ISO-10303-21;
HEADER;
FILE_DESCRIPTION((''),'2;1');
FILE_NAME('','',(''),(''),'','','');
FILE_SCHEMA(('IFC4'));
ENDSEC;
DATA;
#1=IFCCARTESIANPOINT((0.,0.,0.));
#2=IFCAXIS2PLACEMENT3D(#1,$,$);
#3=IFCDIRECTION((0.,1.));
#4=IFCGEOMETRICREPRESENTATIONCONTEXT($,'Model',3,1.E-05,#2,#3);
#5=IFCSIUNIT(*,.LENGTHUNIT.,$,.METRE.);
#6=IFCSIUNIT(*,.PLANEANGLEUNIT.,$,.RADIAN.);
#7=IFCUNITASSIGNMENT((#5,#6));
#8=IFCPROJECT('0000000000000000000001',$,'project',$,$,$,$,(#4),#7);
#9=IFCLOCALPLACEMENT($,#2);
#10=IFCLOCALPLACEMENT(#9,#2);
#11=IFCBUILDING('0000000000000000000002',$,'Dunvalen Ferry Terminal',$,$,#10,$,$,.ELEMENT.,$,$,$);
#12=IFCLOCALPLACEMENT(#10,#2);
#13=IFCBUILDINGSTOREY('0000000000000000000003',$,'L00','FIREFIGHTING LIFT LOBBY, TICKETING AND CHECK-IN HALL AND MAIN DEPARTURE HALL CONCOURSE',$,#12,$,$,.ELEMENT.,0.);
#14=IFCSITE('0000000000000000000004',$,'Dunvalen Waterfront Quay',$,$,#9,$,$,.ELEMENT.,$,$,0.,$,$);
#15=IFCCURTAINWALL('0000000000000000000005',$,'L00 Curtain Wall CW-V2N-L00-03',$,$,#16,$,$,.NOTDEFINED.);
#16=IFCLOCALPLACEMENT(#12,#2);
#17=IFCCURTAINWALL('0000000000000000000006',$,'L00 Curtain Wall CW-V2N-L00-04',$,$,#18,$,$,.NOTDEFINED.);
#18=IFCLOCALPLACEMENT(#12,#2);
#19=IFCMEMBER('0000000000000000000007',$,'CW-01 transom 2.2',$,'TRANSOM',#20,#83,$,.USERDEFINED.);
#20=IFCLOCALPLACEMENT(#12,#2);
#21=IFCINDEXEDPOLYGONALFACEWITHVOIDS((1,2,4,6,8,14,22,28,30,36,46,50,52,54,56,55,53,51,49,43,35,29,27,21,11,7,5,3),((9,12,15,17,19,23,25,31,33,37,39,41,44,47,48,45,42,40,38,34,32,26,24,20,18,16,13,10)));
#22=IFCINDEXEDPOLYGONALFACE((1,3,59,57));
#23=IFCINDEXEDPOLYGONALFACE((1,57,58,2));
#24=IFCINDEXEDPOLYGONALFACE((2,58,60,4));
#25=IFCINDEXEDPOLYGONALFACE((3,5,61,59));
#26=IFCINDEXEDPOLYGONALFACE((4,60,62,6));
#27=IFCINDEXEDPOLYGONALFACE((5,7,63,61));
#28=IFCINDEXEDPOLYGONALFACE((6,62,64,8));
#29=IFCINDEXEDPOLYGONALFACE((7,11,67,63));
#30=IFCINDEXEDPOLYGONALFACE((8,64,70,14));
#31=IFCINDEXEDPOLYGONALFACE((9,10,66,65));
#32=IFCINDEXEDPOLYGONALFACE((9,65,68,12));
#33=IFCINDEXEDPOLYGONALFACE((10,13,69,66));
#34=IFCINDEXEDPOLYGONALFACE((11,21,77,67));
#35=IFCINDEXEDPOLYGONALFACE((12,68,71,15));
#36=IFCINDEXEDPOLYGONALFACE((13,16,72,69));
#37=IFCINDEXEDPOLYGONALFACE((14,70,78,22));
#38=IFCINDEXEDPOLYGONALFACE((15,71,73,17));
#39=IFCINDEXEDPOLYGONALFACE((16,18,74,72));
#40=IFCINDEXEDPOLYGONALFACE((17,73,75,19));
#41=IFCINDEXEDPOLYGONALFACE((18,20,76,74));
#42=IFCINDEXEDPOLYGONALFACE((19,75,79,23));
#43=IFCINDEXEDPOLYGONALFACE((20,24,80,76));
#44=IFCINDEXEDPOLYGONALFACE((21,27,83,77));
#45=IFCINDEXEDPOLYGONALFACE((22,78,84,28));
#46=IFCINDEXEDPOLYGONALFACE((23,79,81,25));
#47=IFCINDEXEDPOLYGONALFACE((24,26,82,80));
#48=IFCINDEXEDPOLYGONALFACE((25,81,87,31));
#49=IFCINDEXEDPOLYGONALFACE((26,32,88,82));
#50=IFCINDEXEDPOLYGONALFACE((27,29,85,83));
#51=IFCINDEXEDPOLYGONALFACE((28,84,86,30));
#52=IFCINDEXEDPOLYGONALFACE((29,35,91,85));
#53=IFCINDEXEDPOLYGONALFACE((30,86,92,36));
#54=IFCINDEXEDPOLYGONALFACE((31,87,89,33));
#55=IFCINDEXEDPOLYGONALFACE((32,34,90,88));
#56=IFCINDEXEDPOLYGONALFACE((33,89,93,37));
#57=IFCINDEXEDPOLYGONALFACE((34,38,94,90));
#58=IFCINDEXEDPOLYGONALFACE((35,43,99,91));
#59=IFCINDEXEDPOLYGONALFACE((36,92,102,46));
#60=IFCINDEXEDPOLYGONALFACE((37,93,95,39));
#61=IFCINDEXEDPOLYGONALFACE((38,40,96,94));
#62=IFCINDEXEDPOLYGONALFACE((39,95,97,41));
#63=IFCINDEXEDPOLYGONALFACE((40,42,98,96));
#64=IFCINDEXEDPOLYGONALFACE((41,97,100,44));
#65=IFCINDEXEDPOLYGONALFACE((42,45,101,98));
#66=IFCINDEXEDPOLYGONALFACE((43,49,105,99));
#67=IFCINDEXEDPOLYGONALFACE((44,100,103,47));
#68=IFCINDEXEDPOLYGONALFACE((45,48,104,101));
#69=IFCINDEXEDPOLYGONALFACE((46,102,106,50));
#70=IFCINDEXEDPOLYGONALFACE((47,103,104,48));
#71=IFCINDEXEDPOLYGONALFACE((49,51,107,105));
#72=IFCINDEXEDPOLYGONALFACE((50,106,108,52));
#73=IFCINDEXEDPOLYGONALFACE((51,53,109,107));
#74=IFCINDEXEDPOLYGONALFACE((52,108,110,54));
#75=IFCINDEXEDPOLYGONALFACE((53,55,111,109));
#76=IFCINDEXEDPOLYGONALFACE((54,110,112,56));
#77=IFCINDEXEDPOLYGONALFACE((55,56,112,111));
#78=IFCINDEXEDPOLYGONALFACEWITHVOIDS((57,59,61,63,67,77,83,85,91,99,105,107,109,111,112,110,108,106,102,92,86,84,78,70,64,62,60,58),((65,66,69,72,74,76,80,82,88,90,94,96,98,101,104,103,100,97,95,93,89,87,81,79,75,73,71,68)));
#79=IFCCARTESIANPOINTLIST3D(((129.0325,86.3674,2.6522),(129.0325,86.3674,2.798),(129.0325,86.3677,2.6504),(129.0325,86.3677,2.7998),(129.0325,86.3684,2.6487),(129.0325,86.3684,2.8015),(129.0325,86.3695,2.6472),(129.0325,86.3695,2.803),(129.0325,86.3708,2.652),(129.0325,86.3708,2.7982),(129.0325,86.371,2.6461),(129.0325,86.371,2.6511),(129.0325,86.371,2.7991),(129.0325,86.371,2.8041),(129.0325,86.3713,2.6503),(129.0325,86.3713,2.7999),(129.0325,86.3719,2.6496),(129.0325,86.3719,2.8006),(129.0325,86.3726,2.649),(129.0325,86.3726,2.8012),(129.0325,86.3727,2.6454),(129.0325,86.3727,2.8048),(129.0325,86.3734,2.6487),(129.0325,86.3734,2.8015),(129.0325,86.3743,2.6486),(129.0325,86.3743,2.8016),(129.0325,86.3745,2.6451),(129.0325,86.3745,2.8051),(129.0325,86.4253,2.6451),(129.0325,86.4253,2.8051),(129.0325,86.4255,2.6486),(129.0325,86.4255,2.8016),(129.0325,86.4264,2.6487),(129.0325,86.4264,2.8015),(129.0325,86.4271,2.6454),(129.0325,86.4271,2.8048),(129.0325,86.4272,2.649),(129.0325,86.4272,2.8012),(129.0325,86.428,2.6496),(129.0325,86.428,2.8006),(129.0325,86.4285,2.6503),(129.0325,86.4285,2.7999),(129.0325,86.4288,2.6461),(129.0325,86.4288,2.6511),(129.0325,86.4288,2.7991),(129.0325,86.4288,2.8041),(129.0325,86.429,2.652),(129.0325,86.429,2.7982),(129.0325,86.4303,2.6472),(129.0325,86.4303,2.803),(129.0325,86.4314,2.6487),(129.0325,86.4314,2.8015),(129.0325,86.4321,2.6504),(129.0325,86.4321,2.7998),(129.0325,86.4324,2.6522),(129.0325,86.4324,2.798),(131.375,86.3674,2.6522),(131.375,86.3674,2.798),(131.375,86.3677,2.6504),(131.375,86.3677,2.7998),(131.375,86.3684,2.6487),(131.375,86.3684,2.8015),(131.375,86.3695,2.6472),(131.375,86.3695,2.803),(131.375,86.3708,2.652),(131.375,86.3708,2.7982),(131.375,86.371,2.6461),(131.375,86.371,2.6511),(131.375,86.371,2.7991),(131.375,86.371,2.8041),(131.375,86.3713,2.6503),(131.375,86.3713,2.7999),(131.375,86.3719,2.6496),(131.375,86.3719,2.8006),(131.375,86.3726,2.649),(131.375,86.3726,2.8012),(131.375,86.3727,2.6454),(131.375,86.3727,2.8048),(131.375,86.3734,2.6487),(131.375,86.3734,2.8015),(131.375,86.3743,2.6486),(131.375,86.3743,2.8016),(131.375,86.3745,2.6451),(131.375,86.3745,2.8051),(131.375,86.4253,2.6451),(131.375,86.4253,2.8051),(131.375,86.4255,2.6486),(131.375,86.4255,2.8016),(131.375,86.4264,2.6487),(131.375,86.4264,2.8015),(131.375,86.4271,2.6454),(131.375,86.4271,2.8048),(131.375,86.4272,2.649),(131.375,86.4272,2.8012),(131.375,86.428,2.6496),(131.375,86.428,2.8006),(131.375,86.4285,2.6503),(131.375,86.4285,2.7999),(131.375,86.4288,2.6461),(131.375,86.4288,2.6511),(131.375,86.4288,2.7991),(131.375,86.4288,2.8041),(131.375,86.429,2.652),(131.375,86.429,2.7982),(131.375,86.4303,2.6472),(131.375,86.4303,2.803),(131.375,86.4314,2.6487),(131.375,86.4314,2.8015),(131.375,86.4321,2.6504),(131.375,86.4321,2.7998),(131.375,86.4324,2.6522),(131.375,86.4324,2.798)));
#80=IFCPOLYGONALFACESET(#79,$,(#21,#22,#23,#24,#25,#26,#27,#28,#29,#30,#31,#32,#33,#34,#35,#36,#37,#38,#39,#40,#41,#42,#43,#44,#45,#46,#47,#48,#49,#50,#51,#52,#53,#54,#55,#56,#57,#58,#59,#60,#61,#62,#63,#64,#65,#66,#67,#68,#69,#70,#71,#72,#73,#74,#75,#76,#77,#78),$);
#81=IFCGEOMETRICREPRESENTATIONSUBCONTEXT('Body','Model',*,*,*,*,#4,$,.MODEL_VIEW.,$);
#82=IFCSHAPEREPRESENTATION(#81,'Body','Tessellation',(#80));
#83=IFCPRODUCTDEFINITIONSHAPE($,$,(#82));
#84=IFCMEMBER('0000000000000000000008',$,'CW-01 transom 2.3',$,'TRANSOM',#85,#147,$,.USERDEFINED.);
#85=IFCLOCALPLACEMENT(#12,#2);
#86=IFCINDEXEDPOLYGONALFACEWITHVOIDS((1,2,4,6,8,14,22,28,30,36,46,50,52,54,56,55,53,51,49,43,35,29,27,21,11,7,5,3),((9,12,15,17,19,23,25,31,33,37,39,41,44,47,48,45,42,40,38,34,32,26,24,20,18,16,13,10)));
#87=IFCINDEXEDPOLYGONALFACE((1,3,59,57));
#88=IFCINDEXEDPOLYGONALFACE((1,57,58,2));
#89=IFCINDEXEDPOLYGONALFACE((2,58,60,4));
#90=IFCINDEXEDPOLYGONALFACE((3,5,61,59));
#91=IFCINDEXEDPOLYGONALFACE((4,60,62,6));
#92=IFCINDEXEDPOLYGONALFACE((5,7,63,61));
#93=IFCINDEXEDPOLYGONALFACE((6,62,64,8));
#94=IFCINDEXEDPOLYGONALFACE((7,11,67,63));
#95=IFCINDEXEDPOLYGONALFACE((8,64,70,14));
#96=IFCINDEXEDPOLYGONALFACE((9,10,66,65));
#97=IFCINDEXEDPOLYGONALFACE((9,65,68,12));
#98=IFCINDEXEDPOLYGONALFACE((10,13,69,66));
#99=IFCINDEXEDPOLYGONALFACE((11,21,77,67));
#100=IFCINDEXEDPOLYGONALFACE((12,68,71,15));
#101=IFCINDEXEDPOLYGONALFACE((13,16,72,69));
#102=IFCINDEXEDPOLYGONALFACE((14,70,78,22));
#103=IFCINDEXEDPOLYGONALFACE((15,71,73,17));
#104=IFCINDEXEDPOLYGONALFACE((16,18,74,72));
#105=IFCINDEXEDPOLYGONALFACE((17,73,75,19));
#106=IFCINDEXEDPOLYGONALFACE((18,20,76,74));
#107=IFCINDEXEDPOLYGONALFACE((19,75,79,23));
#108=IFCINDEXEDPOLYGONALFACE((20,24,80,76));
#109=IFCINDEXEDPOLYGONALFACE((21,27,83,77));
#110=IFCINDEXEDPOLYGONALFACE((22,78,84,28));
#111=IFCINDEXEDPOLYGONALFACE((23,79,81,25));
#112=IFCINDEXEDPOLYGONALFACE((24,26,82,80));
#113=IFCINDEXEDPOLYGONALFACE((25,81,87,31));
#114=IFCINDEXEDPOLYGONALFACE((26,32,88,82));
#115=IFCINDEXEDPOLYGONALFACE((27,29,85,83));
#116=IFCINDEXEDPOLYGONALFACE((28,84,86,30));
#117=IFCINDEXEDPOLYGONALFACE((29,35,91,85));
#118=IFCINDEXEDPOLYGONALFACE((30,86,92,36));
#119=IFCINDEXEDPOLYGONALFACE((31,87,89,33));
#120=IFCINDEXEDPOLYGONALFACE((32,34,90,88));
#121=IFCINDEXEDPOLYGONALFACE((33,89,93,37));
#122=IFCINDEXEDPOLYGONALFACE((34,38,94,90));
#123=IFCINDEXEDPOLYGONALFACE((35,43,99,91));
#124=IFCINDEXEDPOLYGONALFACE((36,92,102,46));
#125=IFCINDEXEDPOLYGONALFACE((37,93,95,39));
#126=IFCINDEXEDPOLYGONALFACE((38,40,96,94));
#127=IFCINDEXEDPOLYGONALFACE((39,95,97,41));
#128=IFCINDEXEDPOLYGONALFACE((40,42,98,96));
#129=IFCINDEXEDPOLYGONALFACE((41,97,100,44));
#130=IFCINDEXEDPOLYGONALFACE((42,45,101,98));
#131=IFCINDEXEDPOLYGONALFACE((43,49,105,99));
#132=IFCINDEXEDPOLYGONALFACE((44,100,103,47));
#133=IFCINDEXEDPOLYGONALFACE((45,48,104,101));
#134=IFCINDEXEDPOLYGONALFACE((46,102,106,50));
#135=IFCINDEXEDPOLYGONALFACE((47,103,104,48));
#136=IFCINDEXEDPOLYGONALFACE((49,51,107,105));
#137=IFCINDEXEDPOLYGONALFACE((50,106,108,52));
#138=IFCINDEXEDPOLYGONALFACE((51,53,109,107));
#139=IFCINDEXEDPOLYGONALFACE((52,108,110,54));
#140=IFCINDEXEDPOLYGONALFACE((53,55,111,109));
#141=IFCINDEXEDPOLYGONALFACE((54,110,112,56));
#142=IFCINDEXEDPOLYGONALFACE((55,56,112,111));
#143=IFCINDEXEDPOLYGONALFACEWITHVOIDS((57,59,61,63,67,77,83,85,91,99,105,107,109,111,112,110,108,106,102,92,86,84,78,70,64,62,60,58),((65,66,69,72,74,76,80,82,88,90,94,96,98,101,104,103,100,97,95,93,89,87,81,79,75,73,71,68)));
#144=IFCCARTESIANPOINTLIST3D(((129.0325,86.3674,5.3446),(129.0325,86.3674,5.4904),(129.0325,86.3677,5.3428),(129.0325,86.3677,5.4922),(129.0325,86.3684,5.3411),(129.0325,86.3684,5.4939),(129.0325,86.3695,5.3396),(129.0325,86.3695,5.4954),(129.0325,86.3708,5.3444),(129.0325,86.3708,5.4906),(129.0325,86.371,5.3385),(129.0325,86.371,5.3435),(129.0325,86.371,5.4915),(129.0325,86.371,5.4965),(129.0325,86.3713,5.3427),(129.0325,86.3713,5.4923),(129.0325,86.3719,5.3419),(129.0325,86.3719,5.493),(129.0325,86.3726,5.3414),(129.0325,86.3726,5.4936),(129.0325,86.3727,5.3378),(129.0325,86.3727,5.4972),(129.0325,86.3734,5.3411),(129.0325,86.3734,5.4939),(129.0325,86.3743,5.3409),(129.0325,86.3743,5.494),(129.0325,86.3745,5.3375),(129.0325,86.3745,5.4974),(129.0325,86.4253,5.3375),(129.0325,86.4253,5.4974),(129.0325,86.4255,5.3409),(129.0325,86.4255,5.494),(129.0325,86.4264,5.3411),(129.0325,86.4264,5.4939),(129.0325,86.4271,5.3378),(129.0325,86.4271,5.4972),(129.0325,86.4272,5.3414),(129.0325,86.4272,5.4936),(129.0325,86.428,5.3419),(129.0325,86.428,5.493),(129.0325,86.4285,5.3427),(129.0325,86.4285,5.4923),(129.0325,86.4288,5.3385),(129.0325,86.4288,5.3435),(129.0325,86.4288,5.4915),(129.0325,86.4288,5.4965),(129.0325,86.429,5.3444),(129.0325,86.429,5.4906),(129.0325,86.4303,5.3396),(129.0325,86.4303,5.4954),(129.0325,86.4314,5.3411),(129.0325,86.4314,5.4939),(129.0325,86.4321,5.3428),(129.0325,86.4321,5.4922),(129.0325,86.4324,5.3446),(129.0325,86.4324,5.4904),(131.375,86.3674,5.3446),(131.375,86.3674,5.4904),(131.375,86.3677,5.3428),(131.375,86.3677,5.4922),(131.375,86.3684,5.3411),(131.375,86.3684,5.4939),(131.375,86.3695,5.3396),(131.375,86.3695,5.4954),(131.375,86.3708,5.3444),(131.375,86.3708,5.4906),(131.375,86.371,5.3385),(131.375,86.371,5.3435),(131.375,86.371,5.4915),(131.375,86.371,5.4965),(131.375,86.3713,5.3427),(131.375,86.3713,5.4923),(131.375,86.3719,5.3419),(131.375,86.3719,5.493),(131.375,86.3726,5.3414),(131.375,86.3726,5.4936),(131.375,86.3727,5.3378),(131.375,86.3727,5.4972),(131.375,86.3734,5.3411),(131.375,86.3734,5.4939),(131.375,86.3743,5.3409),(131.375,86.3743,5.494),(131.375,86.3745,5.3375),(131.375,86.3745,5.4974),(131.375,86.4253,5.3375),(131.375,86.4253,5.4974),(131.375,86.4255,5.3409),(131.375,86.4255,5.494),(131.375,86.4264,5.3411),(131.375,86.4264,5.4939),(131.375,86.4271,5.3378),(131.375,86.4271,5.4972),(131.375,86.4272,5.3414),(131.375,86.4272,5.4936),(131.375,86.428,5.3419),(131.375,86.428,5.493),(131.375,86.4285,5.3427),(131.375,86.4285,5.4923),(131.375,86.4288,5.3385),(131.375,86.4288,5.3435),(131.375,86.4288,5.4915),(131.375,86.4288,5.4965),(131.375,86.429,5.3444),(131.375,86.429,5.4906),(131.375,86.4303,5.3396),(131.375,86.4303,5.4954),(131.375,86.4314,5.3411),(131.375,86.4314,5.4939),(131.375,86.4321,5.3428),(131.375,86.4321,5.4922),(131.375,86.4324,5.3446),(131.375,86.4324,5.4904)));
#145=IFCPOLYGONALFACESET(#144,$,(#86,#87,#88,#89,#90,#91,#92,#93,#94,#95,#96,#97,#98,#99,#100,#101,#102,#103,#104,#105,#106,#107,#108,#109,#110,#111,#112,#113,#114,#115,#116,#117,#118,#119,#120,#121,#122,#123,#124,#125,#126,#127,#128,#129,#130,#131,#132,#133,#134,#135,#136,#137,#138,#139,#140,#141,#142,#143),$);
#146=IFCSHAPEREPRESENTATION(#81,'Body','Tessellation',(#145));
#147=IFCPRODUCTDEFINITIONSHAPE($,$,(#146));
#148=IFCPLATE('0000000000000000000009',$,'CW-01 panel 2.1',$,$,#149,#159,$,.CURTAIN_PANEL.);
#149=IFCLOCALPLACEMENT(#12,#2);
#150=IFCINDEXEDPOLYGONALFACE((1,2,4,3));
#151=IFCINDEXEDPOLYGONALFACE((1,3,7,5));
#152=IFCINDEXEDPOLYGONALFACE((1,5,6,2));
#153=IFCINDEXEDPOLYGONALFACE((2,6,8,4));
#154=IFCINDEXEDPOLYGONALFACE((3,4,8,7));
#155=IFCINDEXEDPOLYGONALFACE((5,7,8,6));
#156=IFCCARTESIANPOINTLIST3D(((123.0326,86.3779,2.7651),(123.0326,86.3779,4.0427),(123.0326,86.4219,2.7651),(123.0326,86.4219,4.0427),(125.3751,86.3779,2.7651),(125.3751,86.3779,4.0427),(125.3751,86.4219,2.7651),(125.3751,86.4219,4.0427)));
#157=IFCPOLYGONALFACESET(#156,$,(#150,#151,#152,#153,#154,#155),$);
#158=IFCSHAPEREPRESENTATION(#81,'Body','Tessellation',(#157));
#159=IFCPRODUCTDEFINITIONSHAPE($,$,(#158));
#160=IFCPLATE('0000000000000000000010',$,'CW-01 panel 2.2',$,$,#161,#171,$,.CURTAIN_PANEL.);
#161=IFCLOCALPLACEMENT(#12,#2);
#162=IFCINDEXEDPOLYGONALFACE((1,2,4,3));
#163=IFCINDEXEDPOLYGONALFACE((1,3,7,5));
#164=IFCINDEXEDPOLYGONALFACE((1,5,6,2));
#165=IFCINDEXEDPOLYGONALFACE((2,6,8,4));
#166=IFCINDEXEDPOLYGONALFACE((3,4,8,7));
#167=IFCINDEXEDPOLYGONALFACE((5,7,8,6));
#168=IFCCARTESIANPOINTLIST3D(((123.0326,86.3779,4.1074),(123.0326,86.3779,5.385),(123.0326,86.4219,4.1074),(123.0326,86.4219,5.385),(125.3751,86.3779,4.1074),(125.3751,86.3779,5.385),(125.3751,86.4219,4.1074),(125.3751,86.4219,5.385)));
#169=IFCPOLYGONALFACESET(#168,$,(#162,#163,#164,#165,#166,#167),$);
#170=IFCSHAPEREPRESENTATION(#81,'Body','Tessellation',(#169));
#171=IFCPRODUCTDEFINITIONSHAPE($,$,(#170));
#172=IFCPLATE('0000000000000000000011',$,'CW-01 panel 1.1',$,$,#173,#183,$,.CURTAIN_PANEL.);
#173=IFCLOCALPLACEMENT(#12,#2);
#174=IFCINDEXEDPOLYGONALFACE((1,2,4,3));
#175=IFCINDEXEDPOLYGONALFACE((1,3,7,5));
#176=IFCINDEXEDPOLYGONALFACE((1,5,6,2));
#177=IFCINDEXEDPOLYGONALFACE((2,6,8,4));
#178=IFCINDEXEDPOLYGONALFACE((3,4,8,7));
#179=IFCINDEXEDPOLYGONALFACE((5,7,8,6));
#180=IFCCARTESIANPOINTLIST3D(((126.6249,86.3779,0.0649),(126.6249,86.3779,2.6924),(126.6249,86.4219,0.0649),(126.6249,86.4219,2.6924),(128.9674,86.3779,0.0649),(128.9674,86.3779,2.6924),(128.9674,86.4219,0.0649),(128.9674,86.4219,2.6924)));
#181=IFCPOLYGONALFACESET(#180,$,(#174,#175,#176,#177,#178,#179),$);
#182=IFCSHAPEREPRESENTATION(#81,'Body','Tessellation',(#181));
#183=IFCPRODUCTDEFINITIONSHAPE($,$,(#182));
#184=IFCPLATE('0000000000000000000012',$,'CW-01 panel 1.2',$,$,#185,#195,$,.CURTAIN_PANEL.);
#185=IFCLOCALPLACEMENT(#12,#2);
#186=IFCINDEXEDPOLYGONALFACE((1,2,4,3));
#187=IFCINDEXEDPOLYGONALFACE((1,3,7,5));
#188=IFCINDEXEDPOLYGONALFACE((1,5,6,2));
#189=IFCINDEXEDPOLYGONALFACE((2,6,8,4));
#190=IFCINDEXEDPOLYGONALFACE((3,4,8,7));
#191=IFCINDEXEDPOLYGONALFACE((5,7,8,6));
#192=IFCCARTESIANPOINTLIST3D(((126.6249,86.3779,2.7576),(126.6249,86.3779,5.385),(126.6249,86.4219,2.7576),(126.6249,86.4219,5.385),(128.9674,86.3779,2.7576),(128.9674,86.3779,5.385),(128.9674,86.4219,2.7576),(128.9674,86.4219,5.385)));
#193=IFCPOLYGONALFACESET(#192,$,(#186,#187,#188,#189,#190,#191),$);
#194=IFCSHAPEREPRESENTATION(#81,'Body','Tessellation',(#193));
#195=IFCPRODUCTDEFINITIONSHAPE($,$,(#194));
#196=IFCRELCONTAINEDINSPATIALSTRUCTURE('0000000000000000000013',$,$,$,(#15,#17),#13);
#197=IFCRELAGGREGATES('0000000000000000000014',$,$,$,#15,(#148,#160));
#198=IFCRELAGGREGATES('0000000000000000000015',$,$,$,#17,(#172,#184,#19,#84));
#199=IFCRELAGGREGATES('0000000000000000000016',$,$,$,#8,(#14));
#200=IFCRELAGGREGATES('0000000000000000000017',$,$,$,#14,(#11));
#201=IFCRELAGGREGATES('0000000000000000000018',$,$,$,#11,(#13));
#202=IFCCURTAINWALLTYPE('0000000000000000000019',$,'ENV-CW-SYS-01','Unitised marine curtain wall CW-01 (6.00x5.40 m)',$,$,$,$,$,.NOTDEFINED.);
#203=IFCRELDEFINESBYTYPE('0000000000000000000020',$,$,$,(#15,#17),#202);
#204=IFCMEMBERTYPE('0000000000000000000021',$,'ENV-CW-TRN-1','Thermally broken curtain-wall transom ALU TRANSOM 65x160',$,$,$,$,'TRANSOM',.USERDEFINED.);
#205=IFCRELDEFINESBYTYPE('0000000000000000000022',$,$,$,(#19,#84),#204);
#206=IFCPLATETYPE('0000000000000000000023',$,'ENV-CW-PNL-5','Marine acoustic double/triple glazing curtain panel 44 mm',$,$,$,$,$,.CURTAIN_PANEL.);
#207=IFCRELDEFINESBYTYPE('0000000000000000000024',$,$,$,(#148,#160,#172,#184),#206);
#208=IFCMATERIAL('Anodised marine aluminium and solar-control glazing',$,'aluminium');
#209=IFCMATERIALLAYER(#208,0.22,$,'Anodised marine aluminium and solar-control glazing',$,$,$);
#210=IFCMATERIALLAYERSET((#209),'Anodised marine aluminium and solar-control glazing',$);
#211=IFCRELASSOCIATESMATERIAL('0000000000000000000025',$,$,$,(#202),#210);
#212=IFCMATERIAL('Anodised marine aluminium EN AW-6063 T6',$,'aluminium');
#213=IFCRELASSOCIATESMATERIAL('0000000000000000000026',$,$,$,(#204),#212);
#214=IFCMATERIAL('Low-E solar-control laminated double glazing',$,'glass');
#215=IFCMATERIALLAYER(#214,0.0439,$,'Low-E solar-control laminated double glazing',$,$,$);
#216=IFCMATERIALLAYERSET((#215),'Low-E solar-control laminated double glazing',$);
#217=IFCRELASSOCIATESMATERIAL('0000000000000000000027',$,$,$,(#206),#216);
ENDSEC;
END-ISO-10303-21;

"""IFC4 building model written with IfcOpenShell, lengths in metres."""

from ifc_helpers import new_model, si_unit, direction, frame, origin, origin_2d, place, context, subcontext, project, spatial, rectangle, hollow_rectangle, extrude, material, layer, layer_set, material_profile, profile_set, type_object, element, aggregate, save


model = new_model("IFC4")

# Units and contexts
model_context = context("Model", 3, precision=1e-05, world=origin(), true_north=direction((0.0, 1.0)))
body_context = subcontext(model_context, "Body", "Model", "MODEL_VIEW")
ifc_project = project(units=[si_unit("LENGTHUNIT", "METRE"), si_unit("PLANEANGLEUNIT", "RADIAN")], contexts=[model_context])

# Site, building, storey
site_placement = place(None, origin())
site = spatial("IfcSite", under=ifc_project, at=site_placement, Name="Dunvalen Waterfront Quay", CompositionType="ELEMENT", RefElevation=0.0)
building_placement = place(site_placement, origin())
building = spatial("IfcBuilding", under=site, at=building_placement, Name="Dunvalen Ferry Terminal", CompositionType="ELEMENT")
storey_placement = place(building_placement, origin())
storey = spatial("IfcBuildingStorey", under=building, at=storey_placement, Name="L00", Description="FIREFIGHTING LIFT LOBBY, TICKETING AND CHECK-IN HALL AND MAIN DEPARTURE HALL CONCOURSE", CompositionType="ELEMENT", Elevation=0.0)

# Curtain wall
ifc_material_1 = material(Name="Anodised marine aluminium and solar-control glazing", Category="aluminium")
ifc_layer_1 = layer(ifc_material_1, 0.22, Name="Anodised marine aluminium and solar-control glazing")
ifc_layer_set_1 = layer_set([ifc_layer_1], Name="Anodised marine aluminium and solar-control glazing")
curtain_wall_type = type_object("IfcCurtainWallType", Name="ENV-CW-SYS-01", Description="Unitised marine curtain wall CW-01 (6.00x5.40 m)", PredefinedType="NOTDEFINED", material=ifc_layer_set_1)
curtain_wall_1_placement = place(storey_placement, origin())
curtain_wall_1 = element("IfcCurtainWall", 1, at=curtain_wall_1_placement, inside=storey, type_object=curtain_wall_type, Name="L00 Curtain Wall CW-V2N-L00-03", PredefinedType="NOTDEFINED")
ifc_material_2 = material(Name="Anodised marine aluminium EN AW-6063 T6", Category="aluminium")

# Curtain wall
curtain_wall_2_placement = place(storey_placement, origin())
curtain_wall_2 = element("IfcCurtainWall", 2, at=curtain_wall_2_placement, inside=storey, type_object=curtain_wall_type, Name="L00 Curtain Wall CW-V2N-L00-04", PredefinedType="NOTDEFINED")

# Members
ifc_material_profile_1 = material_profile(ifc_material_2, hollow_rectangle(XDim=0.0649, YDim=0.1599, WallThickness=0.0034, InnerFilletRadius=0.0034, OuterFilletRadius=0.0071, at=origin_2d()), Name="Anodised marine aluminium EN AW-6063 T6")
ifc_profile_set_1 = profile_set([ifc_material_profile_1], Name="Anodised marine aluminium EN AW-6063 T6")
member_type_1 = type_object("IfcMemberType", Name="ENV-CW-TRN-1", Description="Thermally broken curtain-wall transom ALU TRANSOM 65x160", ElementType="TRANSOM", PredefinedType="USERDEFINED", material=ifc_profile_set_1)
member_1_placement = place(storey_placement, frame((129.0325, 86.3999, 2.7251), z_axis=(1.0, 0.0, 0.0), x_axis=(0.0, 1.0, 0.0)))
member_1 = element("IfcMember", 3, at=member_1_placement, type_object=member_type_1, Name="CW-01 transom 2.2", ObjectType="TRANSOM", PredefinedType="USERDEFINED", context=body_context, shape_type="SweptSolid", body=[
    extrude(hollow_rectangle(XDim=0.0649, YDim=0.1599, WallThickness=0.0034, InnerFilletRadius=0.0034, OuterFilletRadius=0.0071, at=origin_2d()), origin(), (0.0, 0.0, 1.0), 2.3425),
])
member_2_placement = place(storey_placement, frame((129.0325, 86.3999, 5.4175), z_axis=(1.0, 0.0, 0.0), x_axis=(0.0, 1.0, 0.0)))
member_2 = element("IfcMember", 4, at=member_2_placement, type_object=member_type_1, Name="CW-01 transom 2.3", ObjectType="TRANSOM", PredefinedType="USERDEFINED", context=body_context, shape_type="SweptSolid", body=[
    extrude(hollow_rectangle(XDim=0.0649, YDim=0.1599, WallThickness=0.0034, InnerFilletRadius=0.0034, OuterFilletRadius=0.0071, at=origin_2d()), origin(), (0.0, 0.0, 1.0), 2.3425),
])

# Plates
ifc_material_3 = material(Name="Low-E solar-control laminated double glazing", Category="glass")
ifc_layer_2 = layer(ifc_material_3, 0.0439, Name="Low-E solar-control laminated double glazing")
ifc_layer_set_2 = layer_set([ifc_layer_2], Name="Low-E solar-control laminated double glazing")
plate_type = type_object("IfcPlateType", Name="ENV-CW-PNL-5", Description="Marine acoustic double/triple glazing curtain panel 44 mm", PredefinedType="CURTAIN_PANEL", material=ifc_layer_set_2)
plate_1_placement = place(storey_placement, frame((124.2039, 86.3999, 2.7651), z_axis=(0.0, 0.0, 1.0), x_axis=(1.0, 0.0, 0.0)))
plate_1 = element("IfcPlate", 5, at=plate_1_placement, type_object=plate_type, Name="CW-01 panel 2.1", PredefinedType="CURTAIN_PANEL", context=body_context, shape_type="SweptSolid", body=[
    extrude(rectangle(XDim=2.3425, YDim=0.0439, at=origin_2d()), origin(), (0.0, 0.0, 1.0), 1.2776),
])
plate_2_placement = place(storey_placement, frame((124.2039, 86.3999, 4.1074), z_axis=(0.0, 0.0, 1.0), x_axis=(1.0, 0.0, 0.0)))
plate_2 = element("IfcPlate", 6, at=plate_2_placement, type_object=plate_type, Name="CW-01 panel 2.2", PredefinedType="CURTAIN_PANEL", context=body_context, shape_type="SweptSolid", body=[
    extrude(rectangle(XDim=2.3425, YDim=0.0439, at=origin_2d()), origin(), (0.0, 0.0, 1.0), 1.2776),
])
aggregate(curtain_wall_1, [plate_1, plate_2])
plate_3_placement = place(storey_placement, frame((127.7961, 86.3999, 0.0649), z_axis=(0.0, 0.0, 1.0), x_axis=(1.0, 0.0, 0.0)))
plate_3 = element("IfcPlate", 7, at=plate_3_placement, type_object=plate_type, Name="CW-01 panel 1.1", PredefinedType="CURTAIN_PANEL", context=body_context, shape_type="SweptSolid", body=[
    extrude(rectangle(XDim=2.3425, YDim=0.0439, at=origin_2d()), origin(), (0.0, 0.0, 1.0), 2.6274),
])
plate_4_placement = place(storey_placement, frame((127.7961, 86.3999, 2.7576), z_axis=(0.0, 0.0, 1.0), x_axis=(1.0, 0.0, 0.0)))
plate_4 = element("IfcPlate", 8, at=plate_4_placement, type_object=plate_type, Name="CW-01 panel 1.2", PredefinedType="CURTAIN_PANEL", context=body_context, shape_type="SweptSolid", body=[
    extrude(rectangle(XDim=2.3425, YDim=0.0439, at=origin_2d()), origin(), (0.0, 0.0, 1.0), 2.6274),
])
aggregate(curtain_wall_2, [plate_3, plate_4, member_1, member_2])

save(model, "model.ifc")
